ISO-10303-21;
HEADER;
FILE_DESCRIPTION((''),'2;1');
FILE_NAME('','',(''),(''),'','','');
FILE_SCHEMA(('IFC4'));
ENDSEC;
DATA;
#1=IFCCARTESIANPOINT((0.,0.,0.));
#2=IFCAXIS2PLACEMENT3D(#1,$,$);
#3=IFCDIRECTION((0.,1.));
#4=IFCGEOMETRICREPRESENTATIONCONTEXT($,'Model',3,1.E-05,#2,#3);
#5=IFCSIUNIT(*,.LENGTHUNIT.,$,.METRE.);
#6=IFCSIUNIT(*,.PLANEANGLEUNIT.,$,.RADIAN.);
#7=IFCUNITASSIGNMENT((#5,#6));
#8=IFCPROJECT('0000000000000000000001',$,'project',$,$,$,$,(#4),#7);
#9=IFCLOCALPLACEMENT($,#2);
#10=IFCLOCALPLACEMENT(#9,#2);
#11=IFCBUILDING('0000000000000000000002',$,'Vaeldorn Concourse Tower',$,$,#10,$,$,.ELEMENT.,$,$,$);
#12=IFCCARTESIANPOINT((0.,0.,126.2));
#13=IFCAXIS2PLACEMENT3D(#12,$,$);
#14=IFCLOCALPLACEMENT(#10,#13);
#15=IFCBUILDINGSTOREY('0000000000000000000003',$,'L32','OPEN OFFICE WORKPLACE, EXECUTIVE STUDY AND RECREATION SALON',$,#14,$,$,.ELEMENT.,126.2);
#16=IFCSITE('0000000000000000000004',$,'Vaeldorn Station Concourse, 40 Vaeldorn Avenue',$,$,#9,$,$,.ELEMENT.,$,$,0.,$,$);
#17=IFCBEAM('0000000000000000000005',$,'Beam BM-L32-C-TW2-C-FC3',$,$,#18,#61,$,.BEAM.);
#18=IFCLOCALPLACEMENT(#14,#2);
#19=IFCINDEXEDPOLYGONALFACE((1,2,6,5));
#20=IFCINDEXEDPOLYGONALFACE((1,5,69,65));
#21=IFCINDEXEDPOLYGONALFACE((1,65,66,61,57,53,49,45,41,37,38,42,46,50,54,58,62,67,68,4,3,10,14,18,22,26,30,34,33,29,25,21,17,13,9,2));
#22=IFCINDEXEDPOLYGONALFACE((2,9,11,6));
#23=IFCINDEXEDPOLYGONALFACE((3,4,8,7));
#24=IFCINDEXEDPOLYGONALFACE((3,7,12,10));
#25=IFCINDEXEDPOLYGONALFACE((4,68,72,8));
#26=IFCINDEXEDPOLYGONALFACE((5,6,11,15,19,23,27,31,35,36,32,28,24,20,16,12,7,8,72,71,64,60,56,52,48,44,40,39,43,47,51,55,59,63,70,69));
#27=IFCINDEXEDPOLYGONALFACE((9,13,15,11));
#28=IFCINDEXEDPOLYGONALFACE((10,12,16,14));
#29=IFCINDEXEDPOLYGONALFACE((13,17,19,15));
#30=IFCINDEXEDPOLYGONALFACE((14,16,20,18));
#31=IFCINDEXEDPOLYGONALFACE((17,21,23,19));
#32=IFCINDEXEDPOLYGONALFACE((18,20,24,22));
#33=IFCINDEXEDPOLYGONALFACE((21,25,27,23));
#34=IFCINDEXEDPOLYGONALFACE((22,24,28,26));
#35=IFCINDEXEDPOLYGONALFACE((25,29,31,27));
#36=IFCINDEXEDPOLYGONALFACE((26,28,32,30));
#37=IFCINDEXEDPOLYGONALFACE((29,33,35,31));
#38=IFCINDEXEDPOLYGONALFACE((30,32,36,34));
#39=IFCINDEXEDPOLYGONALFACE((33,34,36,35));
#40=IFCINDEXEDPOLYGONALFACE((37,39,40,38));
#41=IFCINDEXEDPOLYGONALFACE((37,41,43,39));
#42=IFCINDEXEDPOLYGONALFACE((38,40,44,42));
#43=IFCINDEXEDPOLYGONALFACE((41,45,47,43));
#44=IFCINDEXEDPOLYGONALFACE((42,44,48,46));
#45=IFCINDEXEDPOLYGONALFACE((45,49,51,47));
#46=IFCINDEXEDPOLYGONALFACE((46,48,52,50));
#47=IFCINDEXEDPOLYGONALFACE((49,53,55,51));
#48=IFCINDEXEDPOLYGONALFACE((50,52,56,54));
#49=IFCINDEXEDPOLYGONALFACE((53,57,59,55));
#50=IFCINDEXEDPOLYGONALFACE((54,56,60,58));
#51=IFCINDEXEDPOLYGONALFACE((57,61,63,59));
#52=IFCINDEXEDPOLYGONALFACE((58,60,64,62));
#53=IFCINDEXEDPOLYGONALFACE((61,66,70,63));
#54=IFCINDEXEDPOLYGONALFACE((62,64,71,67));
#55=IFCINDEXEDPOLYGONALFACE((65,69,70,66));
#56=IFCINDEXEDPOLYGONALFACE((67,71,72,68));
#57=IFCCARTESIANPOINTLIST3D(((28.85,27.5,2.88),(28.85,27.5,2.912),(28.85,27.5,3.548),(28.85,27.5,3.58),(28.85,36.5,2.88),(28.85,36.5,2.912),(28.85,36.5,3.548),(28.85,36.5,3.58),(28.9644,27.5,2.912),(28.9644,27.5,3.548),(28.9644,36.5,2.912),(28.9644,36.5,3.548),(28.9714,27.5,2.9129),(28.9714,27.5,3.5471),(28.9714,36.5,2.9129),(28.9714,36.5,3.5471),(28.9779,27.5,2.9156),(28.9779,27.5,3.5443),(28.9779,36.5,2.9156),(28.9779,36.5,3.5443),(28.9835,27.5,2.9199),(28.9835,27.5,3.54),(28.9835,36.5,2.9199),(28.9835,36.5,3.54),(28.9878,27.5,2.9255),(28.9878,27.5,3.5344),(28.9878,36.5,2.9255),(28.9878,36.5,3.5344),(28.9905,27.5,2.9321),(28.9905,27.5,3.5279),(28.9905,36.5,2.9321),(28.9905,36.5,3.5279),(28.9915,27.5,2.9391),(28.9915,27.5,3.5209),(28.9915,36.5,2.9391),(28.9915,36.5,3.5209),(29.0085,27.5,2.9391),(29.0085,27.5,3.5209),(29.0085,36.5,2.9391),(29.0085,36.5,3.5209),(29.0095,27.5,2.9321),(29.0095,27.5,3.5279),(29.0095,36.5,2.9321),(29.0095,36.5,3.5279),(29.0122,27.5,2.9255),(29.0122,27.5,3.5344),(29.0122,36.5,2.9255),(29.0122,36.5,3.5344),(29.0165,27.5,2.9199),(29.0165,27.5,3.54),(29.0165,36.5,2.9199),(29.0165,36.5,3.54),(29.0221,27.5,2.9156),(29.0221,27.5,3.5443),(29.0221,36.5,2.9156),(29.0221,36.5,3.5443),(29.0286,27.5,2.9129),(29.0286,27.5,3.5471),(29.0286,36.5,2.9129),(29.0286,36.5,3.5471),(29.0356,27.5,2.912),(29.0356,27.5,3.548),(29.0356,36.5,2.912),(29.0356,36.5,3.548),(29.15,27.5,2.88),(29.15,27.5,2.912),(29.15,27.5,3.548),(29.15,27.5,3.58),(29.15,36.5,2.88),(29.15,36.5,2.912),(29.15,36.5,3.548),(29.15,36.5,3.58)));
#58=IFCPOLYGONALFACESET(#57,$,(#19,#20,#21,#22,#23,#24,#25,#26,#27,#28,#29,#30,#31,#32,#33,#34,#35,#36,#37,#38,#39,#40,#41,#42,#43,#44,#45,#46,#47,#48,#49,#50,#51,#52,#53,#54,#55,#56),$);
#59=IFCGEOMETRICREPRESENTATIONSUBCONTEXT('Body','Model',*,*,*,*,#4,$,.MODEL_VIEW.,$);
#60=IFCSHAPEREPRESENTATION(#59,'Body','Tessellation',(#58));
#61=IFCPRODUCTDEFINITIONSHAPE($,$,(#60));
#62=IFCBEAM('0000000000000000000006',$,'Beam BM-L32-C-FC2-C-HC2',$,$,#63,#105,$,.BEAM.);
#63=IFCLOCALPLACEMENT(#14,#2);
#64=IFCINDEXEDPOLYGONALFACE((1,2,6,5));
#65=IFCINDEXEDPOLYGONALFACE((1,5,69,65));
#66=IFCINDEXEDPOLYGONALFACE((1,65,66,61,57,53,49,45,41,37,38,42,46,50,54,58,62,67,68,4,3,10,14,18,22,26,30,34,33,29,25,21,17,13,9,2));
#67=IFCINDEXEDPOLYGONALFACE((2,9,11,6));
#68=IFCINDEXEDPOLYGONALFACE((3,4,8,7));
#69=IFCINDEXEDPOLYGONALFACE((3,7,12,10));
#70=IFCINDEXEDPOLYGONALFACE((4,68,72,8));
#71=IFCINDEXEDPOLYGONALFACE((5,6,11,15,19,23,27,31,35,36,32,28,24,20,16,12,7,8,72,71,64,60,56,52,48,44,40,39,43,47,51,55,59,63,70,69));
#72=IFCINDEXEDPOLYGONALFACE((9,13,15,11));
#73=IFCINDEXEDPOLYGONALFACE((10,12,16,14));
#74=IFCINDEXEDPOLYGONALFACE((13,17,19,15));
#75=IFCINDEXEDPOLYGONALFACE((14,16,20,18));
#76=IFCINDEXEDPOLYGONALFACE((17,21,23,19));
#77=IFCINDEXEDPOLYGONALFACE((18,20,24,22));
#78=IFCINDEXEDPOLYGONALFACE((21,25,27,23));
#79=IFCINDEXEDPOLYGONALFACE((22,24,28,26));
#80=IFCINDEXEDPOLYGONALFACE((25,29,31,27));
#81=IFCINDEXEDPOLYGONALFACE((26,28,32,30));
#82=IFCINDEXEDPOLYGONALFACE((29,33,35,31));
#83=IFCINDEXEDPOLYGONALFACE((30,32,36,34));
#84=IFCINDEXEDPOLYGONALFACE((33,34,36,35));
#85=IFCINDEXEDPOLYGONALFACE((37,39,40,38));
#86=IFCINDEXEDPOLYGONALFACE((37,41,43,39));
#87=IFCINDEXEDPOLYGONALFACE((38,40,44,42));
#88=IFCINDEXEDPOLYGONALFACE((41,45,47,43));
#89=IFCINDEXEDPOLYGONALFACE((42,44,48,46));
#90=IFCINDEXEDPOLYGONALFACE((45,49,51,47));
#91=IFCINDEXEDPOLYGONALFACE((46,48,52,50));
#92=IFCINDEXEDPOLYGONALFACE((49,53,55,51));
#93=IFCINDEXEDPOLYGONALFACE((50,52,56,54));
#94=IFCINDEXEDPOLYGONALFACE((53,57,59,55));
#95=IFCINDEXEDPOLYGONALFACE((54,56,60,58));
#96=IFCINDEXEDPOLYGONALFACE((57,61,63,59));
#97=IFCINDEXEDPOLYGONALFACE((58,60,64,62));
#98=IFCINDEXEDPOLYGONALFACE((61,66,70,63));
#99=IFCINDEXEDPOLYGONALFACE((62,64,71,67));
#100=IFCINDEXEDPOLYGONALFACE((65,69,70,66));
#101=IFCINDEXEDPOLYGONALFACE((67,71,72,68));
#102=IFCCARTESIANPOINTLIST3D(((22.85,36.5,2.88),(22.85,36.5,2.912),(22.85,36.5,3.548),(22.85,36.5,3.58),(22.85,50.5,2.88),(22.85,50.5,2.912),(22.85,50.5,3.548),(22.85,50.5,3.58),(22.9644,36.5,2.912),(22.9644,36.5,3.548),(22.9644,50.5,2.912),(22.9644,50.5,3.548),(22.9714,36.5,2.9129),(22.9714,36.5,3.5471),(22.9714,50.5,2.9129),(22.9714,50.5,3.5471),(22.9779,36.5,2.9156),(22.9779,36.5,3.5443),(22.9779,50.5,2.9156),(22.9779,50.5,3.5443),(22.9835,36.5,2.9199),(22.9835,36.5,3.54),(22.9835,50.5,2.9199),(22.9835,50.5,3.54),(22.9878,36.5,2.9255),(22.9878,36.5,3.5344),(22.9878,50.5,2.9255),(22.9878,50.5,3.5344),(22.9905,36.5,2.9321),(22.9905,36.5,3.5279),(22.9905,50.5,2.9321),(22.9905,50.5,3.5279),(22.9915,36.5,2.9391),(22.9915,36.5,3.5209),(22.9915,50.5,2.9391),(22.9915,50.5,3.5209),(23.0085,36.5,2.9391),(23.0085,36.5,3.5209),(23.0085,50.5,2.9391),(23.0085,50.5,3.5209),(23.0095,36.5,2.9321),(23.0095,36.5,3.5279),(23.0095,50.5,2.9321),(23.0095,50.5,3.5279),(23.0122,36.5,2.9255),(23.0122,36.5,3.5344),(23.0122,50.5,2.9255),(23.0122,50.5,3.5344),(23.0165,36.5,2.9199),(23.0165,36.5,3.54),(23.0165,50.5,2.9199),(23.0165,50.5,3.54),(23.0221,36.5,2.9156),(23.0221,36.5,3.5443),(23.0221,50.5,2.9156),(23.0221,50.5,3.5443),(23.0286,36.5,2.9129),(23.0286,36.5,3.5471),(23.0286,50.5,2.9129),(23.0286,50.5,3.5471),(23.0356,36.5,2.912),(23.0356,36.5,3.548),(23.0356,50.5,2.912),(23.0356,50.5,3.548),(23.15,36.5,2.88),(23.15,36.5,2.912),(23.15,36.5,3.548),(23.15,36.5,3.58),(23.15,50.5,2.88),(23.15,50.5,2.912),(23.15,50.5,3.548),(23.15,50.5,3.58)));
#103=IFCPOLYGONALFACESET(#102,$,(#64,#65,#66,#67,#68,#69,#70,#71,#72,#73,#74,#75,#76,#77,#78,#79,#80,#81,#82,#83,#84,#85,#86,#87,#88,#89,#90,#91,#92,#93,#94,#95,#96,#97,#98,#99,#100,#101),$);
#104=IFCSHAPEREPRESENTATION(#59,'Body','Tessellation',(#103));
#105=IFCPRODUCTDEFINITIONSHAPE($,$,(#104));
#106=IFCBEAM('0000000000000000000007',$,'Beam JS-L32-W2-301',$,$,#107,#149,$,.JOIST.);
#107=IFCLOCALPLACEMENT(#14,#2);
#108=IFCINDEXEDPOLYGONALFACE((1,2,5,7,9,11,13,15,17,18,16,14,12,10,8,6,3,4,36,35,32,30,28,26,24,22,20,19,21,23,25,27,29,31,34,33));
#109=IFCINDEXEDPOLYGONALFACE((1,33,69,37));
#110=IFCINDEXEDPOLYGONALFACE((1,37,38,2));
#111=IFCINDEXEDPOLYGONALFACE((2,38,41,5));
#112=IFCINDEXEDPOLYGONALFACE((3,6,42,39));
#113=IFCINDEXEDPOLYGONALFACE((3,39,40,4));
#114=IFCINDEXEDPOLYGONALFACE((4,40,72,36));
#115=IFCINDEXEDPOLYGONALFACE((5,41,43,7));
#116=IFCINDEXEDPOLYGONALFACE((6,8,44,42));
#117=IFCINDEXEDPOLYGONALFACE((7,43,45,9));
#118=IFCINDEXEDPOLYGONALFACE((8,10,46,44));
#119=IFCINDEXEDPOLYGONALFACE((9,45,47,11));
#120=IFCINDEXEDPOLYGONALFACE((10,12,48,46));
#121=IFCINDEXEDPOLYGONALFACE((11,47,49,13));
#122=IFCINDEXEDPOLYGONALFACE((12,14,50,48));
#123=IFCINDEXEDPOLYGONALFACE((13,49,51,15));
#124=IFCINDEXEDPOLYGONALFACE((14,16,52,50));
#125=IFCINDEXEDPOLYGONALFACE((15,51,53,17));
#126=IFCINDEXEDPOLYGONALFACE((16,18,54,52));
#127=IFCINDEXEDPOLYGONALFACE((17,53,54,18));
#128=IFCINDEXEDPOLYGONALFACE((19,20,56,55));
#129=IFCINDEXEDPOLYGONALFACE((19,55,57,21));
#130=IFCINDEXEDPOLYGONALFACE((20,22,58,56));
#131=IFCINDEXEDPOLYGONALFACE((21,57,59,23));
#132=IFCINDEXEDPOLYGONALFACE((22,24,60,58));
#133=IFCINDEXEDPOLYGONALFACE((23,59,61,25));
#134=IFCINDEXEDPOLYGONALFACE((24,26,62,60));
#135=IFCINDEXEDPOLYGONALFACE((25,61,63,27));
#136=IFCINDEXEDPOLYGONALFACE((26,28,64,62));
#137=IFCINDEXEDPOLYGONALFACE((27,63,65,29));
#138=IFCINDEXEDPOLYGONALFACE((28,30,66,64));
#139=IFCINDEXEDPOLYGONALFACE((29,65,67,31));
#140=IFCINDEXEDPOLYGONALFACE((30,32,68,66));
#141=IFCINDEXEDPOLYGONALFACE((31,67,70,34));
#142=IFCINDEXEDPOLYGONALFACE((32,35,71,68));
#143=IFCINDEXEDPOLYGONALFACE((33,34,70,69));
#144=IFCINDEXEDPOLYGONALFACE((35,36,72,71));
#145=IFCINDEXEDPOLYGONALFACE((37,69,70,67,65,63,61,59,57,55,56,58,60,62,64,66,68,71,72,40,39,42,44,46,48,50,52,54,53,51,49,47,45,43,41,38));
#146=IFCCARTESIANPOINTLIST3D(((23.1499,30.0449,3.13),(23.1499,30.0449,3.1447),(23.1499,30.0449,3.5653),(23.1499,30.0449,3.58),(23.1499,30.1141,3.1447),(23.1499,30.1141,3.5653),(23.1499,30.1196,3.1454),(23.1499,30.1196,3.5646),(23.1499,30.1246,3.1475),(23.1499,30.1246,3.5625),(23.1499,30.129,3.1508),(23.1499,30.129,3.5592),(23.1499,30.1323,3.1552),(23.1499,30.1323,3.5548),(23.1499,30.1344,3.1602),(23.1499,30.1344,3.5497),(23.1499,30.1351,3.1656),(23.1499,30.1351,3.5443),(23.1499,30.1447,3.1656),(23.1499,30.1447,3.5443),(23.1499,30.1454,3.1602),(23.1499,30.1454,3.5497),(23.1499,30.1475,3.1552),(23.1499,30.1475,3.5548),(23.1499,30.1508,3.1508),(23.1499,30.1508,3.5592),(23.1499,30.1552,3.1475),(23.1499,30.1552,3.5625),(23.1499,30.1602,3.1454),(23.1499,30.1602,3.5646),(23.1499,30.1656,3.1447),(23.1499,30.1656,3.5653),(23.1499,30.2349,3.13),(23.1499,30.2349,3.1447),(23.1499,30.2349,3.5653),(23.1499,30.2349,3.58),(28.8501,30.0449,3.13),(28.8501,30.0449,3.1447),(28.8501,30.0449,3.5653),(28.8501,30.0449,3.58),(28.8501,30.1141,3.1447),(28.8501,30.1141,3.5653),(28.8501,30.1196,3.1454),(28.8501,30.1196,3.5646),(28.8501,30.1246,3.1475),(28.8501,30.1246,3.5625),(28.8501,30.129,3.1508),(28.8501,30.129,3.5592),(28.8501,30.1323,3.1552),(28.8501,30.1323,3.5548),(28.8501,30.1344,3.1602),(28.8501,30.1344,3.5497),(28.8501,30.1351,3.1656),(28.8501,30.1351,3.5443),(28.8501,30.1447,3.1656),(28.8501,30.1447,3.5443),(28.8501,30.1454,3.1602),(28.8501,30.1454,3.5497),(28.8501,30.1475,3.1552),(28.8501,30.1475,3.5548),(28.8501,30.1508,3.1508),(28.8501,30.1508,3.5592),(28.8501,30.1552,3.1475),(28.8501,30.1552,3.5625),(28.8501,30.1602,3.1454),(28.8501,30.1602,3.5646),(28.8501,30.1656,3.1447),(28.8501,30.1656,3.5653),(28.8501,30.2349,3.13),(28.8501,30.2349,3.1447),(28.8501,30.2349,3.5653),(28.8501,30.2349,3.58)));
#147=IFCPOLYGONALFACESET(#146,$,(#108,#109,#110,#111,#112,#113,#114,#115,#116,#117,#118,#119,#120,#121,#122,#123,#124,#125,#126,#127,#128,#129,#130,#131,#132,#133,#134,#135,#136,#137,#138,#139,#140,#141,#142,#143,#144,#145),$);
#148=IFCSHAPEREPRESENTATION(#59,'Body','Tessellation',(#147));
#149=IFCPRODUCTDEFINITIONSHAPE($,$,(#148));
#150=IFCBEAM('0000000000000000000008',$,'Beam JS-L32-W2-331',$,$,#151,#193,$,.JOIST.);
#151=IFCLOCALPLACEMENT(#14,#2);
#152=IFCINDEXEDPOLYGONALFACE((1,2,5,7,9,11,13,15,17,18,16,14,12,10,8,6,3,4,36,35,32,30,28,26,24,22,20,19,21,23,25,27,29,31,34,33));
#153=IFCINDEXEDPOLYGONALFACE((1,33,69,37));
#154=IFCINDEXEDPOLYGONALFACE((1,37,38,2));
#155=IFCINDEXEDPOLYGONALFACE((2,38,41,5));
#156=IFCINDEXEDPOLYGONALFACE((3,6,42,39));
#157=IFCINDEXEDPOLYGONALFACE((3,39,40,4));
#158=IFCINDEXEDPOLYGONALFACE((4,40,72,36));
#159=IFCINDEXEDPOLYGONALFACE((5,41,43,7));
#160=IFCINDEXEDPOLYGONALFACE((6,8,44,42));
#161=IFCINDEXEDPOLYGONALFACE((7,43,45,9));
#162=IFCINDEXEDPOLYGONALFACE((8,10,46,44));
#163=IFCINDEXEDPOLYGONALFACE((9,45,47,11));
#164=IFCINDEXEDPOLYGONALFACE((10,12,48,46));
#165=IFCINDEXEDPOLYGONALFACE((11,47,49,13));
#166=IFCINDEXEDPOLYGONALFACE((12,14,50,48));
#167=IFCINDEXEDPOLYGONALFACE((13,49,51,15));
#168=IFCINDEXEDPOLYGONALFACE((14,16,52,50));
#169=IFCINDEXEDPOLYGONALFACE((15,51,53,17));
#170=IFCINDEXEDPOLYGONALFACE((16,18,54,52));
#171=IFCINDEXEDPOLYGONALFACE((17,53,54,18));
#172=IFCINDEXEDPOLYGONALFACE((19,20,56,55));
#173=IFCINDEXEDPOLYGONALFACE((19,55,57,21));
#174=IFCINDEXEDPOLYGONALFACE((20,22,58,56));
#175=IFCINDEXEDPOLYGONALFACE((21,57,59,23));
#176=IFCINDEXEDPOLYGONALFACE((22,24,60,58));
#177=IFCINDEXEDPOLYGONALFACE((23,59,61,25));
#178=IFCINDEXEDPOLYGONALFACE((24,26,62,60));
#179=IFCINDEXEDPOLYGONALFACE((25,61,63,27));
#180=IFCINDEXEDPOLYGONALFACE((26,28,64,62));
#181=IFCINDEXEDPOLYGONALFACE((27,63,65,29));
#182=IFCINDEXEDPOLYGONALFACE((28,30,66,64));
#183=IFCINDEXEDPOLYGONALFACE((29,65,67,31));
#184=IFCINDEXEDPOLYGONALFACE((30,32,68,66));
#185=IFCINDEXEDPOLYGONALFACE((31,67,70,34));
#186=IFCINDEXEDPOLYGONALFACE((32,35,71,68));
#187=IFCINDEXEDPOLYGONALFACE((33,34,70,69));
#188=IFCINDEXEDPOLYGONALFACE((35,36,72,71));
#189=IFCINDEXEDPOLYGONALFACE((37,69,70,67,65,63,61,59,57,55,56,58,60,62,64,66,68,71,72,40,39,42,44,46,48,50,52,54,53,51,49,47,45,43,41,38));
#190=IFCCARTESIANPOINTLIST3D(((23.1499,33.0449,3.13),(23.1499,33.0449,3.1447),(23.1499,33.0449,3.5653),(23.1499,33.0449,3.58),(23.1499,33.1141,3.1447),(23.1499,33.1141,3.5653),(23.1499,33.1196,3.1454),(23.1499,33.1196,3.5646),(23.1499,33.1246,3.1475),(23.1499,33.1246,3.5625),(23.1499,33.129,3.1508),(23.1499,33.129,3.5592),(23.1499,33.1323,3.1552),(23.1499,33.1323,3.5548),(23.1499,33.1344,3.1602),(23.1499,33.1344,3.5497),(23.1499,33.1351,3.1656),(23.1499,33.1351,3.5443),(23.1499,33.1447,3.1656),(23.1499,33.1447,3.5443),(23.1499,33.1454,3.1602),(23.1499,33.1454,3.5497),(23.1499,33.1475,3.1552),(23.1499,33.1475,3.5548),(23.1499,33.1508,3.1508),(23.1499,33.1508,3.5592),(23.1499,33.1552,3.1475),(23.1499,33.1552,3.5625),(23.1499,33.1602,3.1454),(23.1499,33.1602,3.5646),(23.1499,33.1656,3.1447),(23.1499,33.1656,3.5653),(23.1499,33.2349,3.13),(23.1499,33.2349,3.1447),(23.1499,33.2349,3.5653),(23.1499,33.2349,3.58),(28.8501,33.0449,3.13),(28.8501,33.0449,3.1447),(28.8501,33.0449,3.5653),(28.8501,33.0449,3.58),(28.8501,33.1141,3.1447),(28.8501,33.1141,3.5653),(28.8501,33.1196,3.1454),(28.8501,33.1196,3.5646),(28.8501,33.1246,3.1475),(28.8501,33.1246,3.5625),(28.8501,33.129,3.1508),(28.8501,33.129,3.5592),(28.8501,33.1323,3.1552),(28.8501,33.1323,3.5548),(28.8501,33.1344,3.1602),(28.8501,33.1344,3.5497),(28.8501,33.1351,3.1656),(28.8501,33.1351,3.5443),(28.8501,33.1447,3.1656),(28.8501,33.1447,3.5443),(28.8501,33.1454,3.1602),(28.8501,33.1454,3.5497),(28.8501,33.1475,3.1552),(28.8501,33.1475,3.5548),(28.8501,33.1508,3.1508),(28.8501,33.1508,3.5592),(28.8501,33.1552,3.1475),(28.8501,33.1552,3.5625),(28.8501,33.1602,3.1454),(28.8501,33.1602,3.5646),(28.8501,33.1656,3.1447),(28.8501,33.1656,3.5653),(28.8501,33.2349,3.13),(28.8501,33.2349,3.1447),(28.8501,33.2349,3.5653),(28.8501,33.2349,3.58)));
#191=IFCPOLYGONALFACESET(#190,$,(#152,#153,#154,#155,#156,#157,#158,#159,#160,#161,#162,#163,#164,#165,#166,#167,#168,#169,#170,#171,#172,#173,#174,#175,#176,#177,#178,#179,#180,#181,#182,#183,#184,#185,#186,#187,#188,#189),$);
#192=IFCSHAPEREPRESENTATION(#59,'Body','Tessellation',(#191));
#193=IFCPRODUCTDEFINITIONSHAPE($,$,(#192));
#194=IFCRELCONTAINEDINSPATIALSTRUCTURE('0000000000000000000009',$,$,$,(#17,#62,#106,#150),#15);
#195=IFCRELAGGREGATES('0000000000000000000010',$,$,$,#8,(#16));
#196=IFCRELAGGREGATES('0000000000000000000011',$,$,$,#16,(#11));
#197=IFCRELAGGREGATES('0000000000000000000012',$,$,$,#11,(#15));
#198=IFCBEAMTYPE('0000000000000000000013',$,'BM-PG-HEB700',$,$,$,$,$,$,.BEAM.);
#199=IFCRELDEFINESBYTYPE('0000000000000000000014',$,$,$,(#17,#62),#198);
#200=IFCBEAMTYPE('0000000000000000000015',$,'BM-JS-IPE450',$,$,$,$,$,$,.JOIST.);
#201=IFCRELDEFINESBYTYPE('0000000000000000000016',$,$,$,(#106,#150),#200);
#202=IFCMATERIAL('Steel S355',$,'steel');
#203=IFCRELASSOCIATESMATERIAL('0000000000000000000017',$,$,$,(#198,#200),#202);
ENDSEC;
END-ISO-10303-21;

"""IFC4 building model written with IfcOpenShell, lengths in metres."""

from ifc_helpers import new_model, si_unit, direction, frame, origin, origin_2d, place, context, subcontext, project, spatial, i_section, extrude, source, transform, mapped, material, material_profile, profile_set, type_object, element, save


model = new_model("IFC4")

# Units and contexts
model_context = context("Model", 3, precision=1e-05, world=origin(), true_north=direction((0.0, 1.0)))
body_context = subcontext(model_context, "Body", "Model", "MODEL_VIEW")
ifc_project = project(units=[si_unit("LENGTHUNIT", "METRE"), si_unit("PLANEANGLEUNIT", "RADIAN")], contexts=[model_context])

# Site, building, storey
site_placement = place(None, origin())
site = spatial("IfcSite", under=ifc_project, at=site_placement, Name="Vaeldorn Station Concourse, 40 Vaeldorn Avenue", CompositionType="ELEMENT", RefElevation=0.0)
building_placement = place(site_placement, origin())
building = spatial("IfcBuilding", under=site, at=building_placement, Name="Vaeldorn Concourse Tower", CompositionType="ELEMENT")
storey_placement = place(building_placement, frame((0.0, 0.0, 126.2)))
storey = spatial("IfcBuildingStorey", under=building, at=storey_placement, Name="L32", Description="OPEN OFFICE WORKPLACE, EXECUTIVE STUDY AND RECREATION SALON", CompositionType="ELEMENT", Elevation=126.2)

# Beams
ifc_material_1 = material(Name="Steel S355", Category="steel")
ifc_material_profile_1 = material_profile(ifc_material_1, i_section(OverallWidth=0.3, OverallDepth=0.7, WebThickness=0.0171, FlangeThickness=0.032, FilletRadius=0.0271, at=origin_2d()), Name="HEB 700")
ifc_profile_set_1 = profile_set([ifc_material_profile_1], Name="Steel S355")
beam_type_1 = type_object("IfcBeamType", Name="BM-PG-HEB700", PredefinedType="BEAM", material=ifc_profile_set_1)
shared_shape_1 = source(origin(), body_context, "Body", "SweptSolid", [
    extrude(i_section(OverallWidth=0.3, OverallDepth=0.7, WebThickness=0.0171, FlangeThickness=0.032, FilletRadius=0.0271, at=origin_2d()), origin(), (0.0, 0.0, 1.0), 9.0),
])
for number, where, z_axis, x_axis, name in (
    (1, (29.0, 27.5, 3.23), (0.0, 1.0, 0.0), (-1.0, 0.0, 0.0), "Beam BM-L32-C-TW2-C-FC3"),
):
    element("IfcBeam", number, at=place(storey_placement, frame(where, z_axis=z_axis, x_axis=x_axis)), inside=storey, type_object=beam_type_1, Name=name, PredefinedType="BEAM", context=body_context, shape_type="MappedRepresentation", body=[
        mapped(shared_shape_1, transform((0.0, 0.0, 0.0), scale=1.0)),
    ])
shared_shape_2 = source(origin(), body_context, "Body", "SweptSolid", [
    extrude(i_section(OverallWidth=0.3, OverallDepth=0.7, WebThickness=0.0171, FlangeThickness=0.032, FilletRadius=0.0271, at=origin_2d()), origin(), (0.0, 0.0, 1.0), 14.0),
])
beam_placement = place(storey_placement, frame((23.0, 36.5, 3.23), z_axis=(0.0, 1.0, 0.0), x_axis=(-1.0, 0.0, 0.0)))
element("IfcBeam", 2, at=beam_placement, inside=storey, type_object=beam_type_1, Name="Beam BM-L32-C-FC2-C-HC2", PredefinedType="BEAM", context=body_context, shape_type="MappedRepresentation", body=[
    mapped(shared_shape_2, transform((0.0, 0.0, 0.0), scale=1.0)),
])
ifc_material_profile_2 = material_profile(ifc_material_1, i_section(OverallWidth=0.1899, OverallDepth=0.45, WebThickness=0.0095, FlangeThickness=0.0146, FilletRadius=0.021, at=origin_2d()), Name="IPE 450")
ifc_profile_set_2 = profile_set([ifc_material_profile_2], Name="Steel S355")
beam_type_2 = type_object("IfcBeamType", Name="BM-JS-IPE450", PredefinedType="JOIST", material=ifc_profile_set_2)
shared_shape_3 = source(origin(), body_context, "Body", "SweptSolid", [
    extrude(i_section(OverallWidth=0.1899, OverallDepth=0.45, WebThickness=0.0095, FlangeThickness=0.0146, FilletRadius=0.021, at=origin_2d()), origin(), (0.0, 0.0, 1.0), 5.7002),
])
for number, where, z_axis, x_axis, name in (
    (3, (23.1499, 30.1399, 3.355), (1.0, 0.0, 0.0), (0.0, 1.0, 0.0), "Beam JS-L32-W2-301"),
    (4, (23.1499, 33.1399, 3.355), (1.0, 0.0, 0.0), (0.0, 1.0, 0.0), "Beam JS-L32-W2-331"),
):
    element("IfcBeam", number, at=place(storey_placement, frame(where, z_axis=z_axis, x_axis=x_axis)), inside=storey, type_object=beam_type_2, Name=name, PredefinedType="JOIST", context=body_context, shape_type="MappedRepresentation", body=[
        mapped(shared_shape_3, transform((0.0, 0.0, 0.0), scale=1.0)),
    ])

save(model, "model.ifc")
